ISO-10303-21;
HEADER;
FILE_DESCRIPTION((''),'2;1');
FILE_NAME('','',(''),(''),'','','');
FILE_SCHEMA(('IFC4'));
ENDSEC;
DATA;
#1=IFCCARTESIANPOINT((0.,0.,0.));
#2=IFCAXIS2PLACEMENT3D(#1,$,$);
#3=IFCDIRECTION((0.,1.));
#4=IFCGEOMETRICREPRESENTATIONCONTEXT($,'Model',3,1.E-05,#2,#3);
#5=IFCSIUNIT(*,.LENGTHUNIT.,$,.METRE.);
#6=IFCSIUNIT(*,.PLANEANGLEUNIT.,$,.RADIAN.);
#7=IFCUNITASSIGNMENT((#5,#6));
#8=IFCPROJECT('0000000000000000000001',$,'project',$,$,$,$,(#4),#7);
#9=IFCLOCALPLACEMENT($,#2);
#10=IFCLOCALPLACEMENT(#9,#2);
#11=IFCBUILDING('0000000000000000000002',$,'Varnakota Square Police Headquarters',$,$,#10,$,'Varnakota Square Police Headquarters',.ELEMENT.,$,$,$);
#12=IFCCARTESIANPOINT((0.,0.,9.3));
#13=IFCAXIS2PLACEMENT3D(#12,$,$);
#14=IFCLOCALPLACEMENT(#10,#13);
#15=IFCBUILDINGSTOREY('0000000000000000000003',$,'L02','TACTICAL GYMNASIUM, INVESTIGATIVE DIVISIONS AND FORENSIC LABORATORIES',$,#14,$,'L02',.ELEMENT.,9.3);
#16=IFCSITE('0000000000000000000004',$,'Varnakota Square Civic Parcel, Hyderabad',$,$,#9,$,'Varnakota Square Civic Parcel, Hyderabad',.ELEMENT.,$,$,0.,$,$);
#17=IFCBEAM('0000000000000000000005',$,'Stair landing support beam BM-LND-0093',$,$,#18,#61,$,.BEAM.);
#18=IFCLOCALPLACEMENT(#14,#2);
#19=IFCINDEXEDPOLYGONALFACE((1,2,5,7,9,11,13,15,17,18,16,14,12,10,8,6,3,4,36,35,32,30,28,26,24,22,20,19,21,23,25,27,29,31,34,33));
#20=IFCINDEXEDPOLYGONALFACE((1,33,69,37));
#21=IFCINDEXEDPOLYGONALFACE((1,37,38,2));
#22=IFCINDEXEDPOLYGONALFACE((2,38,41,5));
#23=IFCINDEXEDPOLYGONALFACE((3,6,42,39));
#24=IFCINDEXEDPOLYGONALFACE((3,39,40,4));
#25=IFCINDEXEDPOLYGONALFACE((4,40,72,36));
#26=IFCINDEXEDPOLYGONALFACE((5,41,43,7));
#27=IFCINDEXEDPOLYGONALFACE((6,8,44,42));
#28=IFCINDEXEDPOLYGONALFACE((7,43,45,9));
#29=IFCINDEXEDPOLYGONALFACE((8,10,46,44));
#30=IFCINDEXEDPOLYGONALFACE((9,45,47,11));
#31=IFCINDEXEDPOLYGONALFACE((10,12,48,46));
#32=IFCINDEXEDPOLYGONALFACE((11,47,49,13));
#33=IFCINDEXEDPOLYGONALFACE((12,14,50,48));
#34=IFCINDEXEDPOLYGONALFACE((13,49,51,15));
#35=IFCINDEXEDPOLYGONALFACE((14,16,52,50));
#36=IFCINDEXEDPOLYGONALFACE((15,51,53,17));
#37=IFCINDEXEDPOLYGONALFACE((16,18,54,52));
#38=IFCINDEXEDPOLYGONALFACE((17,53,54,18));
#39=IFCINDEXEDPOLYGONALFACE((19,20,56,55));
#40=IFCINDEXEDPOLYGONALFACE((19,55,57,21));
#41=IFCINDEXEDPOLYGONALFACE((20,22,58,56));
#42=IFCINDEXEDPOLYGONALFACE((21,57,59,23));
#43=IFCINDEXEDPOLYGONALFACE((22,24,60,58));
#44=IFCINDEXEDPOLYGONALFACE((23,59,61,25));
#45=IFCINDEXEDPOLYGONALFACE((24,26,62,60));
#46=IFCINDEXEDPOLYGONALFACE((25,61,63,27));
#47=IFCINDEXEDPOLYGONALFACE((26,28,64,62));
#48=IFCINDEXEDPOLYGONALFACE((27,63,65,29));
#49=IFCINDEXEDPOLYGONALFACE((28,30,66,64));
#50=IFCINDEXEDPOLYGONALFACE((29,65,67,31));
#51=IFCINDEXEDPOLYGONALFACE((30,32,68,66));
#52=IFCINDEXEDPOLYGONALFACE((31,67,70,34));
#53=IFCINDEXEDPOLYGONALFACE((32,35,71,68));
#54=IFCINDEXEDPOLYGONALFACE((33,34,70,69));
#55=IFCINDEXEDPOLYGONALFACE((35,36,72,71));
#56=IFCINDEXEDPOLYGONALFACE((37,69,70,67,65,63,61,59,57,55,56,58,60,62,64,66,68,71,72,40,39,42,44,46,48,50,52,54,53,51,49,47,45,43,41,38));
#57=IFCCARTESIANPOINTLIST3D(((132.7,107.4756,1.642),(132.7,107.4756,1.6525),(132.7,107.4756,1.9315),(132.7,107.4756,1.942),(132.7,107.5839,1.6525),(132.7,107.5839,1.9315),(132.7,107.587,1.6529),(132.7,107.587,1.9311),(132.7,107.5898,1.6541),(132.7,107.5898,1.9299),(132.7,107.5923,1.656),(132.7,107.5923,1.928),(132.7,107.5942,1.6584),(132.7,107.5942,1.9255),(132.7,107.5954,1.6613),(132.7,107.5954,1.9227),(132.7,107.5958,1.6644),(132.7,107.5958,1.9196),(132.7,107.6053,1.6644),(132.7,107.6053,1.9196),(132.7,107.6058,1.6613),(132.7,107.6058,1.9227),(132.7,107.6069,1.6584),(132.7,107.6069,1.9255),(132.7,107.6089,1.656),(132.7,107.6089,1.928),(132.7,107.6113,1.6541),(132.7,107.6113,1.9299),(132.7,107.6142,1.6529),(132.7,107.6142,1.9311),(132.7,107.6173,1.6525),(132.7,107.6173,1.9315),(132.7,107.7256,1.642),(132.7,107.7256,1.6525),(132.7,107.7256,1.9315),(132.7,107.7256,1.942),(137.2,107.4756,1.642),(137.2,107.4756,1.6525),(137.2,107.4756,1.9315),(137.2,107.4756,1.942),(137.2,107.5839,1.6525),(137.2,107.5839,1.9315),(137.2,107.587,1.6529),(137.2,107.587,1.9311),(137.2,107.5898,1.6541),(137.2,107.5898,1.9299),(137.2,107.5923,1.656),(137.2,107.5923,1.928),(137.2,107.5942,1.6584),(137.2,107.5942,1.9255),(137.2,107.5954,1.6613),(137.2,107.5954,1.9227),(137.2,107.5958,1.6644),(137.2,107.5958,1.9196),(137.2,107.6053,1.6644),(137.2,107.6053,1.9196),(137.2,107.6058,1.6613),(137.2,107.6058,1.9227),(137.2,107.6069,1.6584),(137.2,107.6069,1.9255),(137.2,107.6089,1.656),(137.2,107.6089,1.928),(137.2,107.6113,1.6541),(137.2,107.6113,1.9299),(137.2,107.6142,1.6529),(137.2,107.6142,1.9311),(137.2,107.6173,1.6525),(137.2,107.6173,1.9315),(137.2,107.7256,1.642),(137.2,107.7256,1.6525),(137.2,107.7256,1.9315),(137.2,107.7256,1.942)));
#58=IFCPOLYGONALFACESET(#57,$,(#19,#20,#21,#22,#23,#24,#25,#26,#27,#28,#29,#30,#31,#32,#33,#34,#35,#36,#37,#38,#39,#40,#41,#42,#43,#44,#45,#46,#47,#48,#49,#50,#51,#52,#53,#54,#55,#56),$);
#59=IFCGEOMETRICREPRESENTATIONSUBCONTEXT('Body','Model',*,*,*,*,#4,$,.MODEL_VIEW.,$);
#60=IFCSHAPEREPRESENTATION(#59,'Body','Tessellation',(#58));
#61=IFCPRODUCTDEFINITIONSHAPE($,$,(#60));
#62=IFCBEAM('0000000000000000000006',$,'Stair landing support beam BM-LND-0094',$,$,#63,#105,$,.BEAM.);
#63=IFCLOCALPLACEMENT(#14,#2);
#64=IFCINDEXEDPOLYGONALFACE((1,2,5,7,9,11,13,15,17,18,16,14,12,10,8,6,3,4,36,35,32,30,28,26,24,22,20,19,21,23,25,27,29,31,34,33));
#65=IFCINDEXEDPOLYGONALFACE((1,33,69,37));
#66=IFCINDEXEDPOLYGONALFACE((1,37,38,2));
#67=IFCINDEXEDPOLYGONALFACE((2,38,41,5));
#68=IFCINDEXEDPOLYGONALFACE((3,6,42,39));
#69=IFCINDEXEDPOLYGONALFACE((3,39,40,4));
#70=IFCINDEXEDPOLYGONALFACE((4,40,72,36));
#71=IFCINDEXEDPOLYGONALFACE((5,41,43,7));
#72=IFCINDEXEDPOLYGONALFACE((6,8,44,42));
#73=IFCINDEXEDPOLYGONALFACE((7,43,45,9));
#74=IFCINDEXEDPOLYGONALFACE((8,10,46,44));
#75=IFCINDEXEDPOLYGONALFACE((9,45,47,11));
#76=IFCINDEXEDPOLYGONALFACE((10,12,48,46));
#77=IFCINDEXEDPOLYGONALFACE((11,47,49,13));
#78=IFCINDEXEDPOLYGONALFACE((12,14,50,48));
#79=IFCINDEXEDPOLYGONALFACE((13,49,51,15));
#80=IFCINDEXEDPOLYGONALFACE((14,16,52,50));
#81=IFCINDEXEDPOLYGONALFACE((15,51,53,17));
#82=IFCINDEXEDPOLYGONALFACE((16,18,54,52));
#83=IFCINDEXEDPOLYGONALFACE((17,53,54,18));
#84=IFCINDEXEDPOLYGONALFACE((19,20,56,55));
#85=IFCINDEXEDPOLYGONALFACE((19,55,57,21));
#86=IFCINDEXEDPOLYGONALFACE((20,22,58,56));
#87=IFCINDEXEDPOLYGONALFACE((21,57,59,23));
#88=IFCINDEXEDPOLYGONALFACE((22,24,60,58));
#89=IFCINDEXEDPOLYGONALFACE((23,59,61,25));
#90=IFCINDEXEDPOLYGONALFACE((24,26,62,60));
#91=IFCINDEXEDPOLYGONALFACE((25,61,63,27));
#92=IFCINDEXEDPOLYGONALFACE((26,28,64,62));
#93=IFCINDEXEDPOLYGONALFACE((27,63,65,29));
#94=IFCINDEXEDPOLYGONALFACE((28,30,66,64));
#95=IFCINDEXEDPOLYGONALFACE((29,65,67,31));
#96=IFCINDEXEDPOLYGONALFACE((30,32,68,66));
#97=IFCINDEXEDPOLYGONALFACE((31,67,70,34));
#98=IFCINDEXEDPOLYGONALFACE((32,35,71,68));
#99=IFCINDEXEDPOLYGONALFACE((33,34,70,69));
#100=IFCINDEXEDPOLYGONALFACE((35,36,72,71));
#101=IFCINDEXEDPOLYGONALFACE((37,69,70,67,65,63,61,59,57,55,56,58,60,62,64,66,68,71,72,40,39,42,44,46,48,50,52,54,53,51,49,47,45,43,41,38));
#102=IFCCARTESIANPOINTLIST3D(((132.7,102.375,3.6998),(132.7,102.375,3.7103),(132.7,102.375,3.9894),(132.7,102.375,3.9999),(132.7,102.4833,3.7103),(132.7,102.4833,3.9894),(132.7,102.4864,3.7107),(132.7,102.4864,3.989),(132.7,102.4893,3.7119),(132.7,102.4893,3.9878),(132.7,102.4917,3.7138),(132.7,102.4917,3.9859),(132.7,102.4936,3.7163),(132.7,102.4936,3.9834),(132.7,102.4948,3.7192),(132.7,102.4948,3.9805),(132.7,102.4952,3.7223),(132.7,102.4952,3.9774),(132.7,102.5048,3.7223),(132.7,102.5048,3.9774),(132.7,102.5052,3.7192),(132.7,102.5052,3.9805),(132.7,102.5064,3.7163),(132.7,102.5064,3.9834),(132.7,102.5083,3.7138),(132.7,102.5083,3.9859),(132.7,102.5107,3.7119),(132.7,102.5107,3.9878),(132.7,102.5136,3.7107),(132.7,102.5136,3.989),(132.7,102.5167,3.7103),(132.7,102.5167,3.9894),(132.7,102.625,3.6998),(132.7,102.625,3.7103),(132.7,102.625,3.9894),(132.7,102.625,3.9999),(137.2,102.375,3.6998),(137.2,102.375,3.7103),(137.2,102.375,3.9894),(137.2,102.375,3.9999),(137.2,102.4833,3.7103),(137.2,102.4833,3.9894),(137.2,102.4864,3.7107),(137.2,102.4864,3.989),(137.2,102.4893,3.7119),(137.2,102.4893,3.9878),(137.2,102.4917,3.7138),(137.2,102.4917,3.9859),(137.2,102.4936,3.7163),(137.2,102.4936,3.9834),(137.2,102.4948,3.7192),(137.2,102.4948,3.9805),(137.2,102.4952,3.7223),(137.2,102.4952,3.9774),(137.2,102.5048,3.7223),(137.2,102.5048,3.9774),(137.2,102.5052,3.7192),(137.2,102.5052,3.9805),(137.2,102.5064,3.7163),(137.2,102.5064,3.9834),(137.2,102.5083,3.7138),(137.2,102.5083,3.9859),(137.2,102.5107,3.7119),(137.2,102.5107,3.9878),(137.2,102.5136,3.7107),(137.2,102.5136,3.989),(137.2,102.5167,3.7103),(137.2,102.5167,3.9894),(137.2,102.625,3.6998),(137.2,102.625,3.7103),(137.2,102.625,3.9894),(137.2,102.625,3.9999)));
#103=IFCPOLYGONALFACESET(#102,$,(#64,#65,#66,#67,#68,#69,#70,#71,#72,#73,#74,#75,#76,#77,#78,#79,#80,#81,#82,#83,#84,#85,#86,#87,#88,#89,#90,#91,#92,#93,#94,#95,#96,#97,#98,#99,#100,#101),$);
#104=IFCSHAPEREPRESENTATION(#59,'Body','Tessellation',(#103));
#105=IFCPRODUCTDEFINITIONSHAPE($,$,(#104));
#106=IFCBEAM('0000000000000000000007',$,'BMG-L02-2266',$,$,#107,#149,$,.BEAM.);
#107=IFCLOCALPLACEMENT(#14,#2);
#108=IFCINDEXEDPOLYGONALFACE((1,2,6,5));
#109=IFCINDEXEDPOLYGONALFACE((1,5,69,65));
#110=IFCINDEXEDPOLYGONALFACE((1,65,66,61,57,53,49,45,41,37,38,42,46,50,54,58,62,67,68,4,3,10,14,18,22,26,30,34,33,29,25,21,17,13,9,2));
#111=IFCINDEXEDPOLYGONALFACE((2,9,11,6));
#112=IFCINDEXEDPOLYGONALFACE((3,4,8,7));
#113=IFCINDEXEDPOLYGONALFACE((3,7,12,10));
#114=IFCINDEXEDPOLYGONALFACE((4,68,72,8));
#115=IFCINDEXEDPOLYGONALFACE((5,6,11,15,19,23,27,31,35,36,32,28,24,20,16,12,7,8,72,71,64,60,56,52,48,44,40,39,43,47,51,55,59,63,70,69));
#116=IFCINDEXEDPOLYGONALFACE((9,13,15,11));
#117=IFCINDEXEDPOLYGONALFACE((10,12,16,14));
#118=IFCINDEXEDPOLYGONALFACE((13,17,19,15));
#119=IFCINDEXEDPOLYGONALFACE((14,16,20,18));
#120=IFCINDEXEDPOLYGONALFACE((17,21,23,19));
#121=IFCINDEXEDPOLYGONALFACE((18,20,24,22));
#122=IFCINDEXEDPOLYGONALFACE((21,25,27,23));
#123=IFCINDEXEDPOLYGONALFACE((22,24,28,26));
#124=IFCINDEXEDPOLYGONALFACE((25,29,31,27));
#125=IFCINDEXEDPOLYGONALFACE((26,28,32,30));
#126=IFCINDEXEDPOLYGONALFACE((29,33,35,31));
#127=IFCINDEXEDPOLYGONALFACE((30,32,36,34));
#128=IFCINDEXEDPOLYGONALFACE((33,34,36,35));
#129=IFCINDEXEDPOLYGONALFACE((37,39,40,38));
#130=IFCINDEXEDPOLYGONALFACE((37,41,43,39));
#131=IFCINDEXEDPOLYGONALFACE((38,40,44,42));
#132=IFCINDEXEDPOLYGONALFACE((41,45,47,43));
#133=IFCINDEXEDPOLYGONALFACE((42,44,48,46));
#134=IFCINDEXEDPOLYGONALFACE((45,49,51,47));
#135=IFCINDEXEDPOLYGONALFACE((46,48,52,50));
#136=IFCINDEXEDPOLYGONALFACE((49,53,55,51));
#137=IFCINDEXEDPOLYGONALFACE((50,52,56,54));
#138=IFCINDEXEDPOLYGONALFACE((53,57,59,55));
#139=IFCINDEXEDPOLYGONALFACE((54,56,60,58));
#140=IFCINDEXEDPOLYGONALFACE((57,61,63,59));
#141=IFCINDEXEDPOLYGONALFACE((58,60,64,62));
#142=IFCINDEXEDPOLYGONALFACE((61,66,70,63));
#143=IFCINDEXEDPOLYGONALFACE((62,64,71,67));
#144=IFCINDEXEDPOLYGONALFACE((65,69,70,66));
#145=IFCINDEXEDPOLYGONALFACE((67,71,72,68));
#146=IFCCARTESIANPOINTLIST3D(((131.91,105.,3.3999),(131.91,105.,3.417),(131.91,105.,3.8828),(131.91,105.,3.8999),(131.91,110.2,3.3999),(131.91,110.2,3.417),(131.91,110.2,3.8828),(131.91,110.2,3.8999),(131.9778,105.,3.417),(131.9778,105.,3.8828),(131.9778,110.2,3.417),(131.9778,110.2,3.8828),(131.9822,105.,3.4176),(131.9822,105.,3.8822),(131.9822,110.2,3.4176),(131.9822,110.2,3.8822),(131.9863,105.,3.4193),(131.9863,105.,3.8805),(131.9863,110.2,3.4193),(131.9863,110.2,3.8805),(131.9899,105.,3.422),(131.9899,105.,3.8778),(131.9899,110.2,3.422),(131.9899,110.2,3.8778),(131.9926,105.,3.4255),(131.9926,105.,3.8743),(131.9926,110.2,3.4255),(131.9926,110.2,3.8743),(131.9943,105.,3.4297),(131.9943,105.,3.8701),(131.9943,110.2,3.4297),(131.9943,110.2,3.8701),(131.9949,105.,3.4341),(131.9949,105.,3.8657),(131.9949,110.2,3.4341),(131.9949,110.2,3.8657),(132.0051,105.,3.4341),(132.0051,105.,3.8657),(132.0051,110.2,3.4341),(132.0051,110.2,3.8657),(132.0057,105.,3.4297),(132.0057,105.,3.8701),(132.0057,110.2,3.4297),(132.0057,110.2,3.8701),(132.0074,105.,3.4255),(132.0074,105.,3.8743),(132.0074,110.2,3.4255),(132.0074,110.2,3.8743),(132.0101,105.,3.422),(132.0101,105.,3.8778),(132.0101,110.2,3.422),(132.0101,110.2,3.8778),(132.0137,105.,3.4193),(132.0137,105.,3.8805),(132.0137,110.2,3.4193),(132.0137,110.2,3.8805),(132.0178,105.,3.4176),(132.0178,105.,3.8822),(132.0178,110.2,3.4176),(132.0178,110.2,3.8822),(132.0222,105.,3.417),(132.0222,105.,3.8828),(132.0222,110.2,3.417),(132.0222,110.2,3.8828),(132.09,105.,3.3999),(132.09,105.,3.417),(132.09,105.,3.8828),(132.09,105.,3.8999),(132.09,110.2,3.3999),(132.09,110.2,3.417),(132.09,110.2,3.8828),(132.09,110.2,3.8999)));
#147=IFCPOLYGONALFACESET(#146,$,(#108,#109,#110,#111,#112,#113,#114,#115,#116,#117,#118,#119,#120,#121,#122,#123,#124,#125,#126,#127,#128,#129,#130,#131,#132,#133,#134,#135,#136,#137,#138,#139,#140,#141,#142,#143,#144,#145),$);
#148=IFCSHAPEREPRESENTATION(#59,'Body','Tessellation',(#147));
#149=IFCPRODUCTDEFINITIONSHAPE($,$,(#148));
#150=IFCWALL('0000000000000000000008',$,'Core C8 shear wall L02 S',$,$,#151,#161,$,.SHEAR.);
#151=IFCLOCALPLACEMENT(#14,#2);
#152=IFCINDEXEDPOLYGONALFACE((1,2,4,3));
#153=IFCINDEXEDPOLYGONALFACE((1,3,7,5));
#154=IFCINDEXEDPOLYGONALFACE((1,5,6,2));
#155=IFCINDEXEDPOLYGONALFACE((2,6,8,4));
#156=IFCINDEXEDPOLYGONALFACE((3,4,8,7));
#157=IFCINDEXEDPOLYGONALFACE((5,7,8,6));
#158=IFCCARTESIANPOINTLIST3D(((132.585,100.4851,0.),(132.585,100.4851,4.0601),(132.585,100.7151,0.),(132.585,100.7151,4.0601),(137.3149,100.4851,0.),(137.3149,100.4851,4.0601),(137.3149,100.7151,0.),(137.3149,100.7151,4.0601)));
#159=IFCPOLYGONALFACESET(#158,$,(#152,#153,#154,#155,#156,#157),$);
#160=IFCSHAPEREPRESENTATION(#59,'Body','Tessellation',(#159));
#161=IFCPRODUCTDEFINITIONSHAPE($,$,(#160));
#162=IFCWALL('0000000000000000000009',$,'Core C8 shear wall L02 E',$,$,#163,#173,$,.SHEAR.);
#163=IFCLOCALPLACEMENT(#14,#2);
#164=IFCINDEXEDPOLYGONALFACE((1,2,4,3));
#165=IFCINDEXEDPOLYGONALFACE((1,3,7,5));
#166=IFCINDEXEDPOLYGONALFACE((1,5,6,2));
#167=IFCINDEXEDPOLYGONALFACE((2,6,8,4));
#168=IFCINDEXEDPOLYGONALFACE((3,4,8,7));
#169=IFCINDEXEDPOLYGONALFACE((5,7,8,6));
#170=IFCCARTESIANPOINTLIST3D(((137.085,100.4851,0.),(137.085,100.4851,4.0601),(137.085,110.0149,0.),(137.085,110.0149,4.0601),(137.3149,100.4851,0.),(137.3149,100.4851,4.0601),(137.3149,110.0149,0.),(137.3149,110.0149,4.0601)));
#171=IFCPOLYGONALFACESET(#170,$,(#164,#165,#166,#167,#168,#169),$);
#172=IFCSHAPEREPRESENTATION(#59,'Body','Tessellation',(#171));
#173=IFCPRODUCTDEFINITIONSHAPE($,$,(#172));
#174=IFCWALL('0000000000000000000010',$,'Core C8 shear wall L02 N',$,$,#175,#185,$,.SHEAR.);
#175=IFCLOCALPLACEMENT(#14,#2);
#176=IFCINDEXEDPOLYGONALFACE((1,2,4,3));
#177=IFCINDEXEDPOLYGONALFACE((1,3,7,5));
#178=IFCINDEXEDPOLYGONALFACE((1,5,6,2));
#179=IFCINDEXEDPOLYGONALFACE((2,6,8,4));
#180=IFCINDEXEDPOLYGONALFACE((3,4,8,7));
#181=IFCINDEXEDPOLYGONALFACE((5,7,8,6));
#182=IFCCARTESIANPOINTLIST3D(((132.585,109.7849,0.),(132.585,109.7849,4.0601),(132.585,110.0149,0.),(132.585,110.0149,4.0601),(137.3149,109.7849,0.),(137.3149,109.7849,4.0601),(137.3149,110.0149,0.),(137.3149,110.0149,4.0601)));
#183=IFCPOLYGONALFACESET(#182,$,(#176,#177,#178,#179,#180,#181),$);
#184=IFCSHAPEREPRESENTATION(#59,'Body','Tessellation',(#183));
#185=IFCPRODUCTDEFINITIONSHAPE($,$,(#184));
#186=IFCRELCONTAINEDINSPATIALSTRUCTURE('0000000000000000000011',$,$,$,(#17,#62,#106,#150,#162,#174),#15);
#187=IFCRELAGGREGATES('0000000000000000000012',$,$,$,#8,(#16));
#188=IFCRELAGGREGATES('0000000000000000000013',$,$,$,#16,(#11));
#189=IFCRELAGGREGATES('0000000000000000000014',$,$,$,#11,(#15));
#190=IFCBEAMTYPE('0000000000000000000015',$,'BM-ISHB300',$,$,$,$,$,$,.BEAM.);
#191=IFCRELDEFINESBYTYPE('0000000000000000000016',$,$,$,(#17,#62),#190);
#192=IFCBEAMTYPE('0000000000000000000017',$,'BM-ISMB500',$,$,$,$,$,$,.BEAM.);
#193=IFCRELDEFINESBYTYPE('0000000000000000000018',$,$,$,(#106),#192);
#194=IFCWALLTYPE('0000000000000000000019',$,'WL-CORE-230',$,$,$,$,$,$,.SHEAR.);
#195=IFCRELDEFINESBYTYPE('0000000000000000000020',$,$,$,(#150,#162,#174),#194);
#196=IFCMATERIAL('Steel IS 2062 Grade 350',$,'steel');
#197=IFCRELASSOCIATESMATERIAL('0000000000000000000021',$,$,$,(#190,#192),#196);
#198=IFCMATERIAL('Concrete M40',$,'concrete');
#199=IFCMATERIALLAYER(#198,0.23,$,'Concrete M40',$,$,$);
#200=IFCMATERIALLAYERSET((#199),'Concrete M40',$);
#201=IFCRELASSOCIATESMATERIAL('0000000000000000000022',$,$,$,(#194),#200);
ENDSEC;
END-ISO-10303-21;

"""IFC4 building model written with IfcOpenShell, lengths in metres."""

from ifc_helpers import new_model, si_unit, direction, frame, frame_2d, origin, origin_2d, place, context, subcontext, project, spatial, rectangle, i_section, extrude, material, layer, layer_set, material_profile, profile_set, type_object, element, save


model = new_model("IFC4")

# Units and contexts
model_context = context("Model", 3, precision=1e-05, world=origin(), true_north=direction((0.0, 1.0)))
body_context = subcontext(model_context, "Body", "Model", "MODEL_VIEW")
ifc_project = project(units=[si_unit("LENGTHUNIT", "METRE"), si_unit("PLANEANGLEUNIT", "RADIAN")], contexts=[model_context])

# Site, building, storey
site_placement = place(None, origin())
site = spatial("IfcSite", under=ifc_project, at=site_placement, Name="Varnakota Square Civic Parcel, Hyderabad", LongName="Varnakota Square Civic Parcel, Hyderabad", CompositionType="ELEMENT", RefElevation=0.0)
building_placement = place(site_placement, origin())
building = spatial("IfcBuilding", under=site, at=building_placement, Name="Varnakota Square Police Headquarters", LongName="Varnakota Square Police Headquarters", CompositionType="ELEMENT")
storey_placement = place(building_placement, frame((0.0, 0.0, 9.3)))
storey = spatial("IfcBuildingStorey", under=building, at=storey_placement, Name="L02", Description="TACTICAL GYMNASIUM, INVESTIGATIVE DIVISIONS AND FORENSIC LABORATORIES", LongName="L02", CompositionType="ELEMENT", Elevation=9.3)

# Shared definitions
ifc_material_1 = material(Name="Steel IS 2062 Grade 350", Category="steel")

# Beams
ifc_material_profile_1 = material_profile(ifc_material_1, i_section(OverallWidth=0.25, OverallDepth=0.3, WebThickness=0.0095, FlangeThickness=0.0105, FilletRadius=0.012, at=origin_2d()), Name="ISHB 300")
ifc_profile_set_1 = profile_set([ifc_material_profile_1], Name="Steel IS 2062 Grade 350")
beam_type_1 = type_object("IfcBeamType", Name="BM-ISHB300", PredefinedType="BEAM", material=ifc_profile_set_1)
for number, where, z_axis, x_axis, name in (
    (1, (132.7, 107.6006, 1.792), (1.0, 0.0, 0.0), (0.0, 1.0, 0.0), "Stair landing support beam BM-LND-0093"),
    (2, (132.7, 102.5, 3.8499), (1.0, 0.0, 0.0), (0.0, 1.0, 0.0), "Stair landing support beam BM-LND-0094"),
):
    element("IfcBeam", number, at=place(storey_placement, frame(where, z_axis=z_axis, x_axis=x_axis)), inside=storey, type_object=beam_type_1, Name=name, PredefinedType="BEAM", context=body_context, shape_type="SweptSolid", body=[
        extrude(i_section(OverallWidth=0.25, OverallDepth=0.3, WebThickness=0.0095, FlangeThickness=0.0105, FilletRadius=0.012, at=origin_2d()), origin(), (0.0, 0.0, 1.0), 4.5),
    ])
ifc_material_profile_2 = material_profile(ifc_material_1, i_section(OverallWidth=0.1799, OverallDepth=0.5, WebThickness=0.0103, FlangeThickness=0.0171, FilletRadius=0.0171, at=origin_2d()), Name="ISMB 500")
ifc_profile_set_2 = profile_set([ifc_material_profile_2], Name="Steel IS 2062 Grade 350")
beam_type_2 = type_object("IfcBeamType", Name="BM-ISMB500", PredefinedType="BEAM", material=ifc_profile_set_2)
beam_1_placement = place(storey_placement, frame((132.0, 105.0, 3.6499), z_axis=(0.0, 1.0, 0.0), x_axis=(-1.0, 0.0, 0.0)))
element("IfcBeam", 3, at=beam_1_placement, inside=storey, type_object=beam_type_2, Name="BMG-L02-2266", PredefinedType="BEAM", context=body_context, shape_type="SweptSolid", body=[
    extrude(i_section(OverallWidth=0.1799, OverallDepth=0.5, WebThickness=0.0103, FlangeThickness=0.0171, FilletRadius=0.0171, at=origin_2d()), origin(), (0.0, 0.0, 1.0), 5.2),
])

# Walls
ifc_material_2 = material(Name="Concrete M40", Category="concrete")
ifc_layer_1 = layer(ifc_material_2, 0.23, Name="Concrete M40")
ifc_layer_set_1 = layer_set([ifc_layer_1], Name="Concrete M40")
wall_type_1 = type_object("IfcWallType", Name="WL-CORE-230", PredefinedType="SHEAR", material=ifc_layer_set_1)
wall_1_placement = place(storey_placement, frame((132.585, 100.6001, 0.0), z_axis=(0.0, 0.0, 1.0), x_axis=(1.0, 0.0, 0.0)))
element("IfcWall", 4, at=wall_1_placement, inside=storey, type_object=wall_type_1, Name="Core C8 shear wall L02 S", PredefinedType="SHEAR", context=body_context, shape_type="SweptSolid", body=[
    extrude(rectangle(XDim=4.73, YDim=0.23, at=frame_2d((2.365, 0.0))), origin(), (0.0, 0.0, 1.0), 4.0601),
])
wall_2_placement = place(storey_placement, frame((137.2, 100.4851, 0.0), z_axis=(0.0, 0.0, 1.0), x_axis=(0.0, 1.0, 0.0)))
element("IfcWall", 5, at=wall_2_placement, inside=storey, type_object=wall_type_1, Name="Core C8 shear wall L02 E", PredefinedType="SHEAR", context=body_context, shape_type="SweptSolid", body=[
    extrude(rectangle(XDim=9.5298, YDim=0.23, at=frame_2d((4.7649, 0.0))), origin(), (0.0, 0.0, 1.0), 4.0601),
])
wall_3_placement = place(storey_placement, frame((137.3149, 109.8999, 0.0), z_axis=(0.0, 0.0, 1.0), x_axis=(-1.0, 0.0, 0.0)))
element("IfcWall", 6, at=wall_3_placement, inside=storey, type_object=wall_type_1, Name="Core C8 shear wall L02 N", PredefinedType="SHEAR", context=body_context, shape_type="SweptSolid", body=[
    extrude(rectangle(XDim=4.73, YDim=0.23, at=frame_2d((2.365, 0.0))), origin(), (0.0, 0.0, 1.0), 4.0601),
])

save(model, "model.ifc")
